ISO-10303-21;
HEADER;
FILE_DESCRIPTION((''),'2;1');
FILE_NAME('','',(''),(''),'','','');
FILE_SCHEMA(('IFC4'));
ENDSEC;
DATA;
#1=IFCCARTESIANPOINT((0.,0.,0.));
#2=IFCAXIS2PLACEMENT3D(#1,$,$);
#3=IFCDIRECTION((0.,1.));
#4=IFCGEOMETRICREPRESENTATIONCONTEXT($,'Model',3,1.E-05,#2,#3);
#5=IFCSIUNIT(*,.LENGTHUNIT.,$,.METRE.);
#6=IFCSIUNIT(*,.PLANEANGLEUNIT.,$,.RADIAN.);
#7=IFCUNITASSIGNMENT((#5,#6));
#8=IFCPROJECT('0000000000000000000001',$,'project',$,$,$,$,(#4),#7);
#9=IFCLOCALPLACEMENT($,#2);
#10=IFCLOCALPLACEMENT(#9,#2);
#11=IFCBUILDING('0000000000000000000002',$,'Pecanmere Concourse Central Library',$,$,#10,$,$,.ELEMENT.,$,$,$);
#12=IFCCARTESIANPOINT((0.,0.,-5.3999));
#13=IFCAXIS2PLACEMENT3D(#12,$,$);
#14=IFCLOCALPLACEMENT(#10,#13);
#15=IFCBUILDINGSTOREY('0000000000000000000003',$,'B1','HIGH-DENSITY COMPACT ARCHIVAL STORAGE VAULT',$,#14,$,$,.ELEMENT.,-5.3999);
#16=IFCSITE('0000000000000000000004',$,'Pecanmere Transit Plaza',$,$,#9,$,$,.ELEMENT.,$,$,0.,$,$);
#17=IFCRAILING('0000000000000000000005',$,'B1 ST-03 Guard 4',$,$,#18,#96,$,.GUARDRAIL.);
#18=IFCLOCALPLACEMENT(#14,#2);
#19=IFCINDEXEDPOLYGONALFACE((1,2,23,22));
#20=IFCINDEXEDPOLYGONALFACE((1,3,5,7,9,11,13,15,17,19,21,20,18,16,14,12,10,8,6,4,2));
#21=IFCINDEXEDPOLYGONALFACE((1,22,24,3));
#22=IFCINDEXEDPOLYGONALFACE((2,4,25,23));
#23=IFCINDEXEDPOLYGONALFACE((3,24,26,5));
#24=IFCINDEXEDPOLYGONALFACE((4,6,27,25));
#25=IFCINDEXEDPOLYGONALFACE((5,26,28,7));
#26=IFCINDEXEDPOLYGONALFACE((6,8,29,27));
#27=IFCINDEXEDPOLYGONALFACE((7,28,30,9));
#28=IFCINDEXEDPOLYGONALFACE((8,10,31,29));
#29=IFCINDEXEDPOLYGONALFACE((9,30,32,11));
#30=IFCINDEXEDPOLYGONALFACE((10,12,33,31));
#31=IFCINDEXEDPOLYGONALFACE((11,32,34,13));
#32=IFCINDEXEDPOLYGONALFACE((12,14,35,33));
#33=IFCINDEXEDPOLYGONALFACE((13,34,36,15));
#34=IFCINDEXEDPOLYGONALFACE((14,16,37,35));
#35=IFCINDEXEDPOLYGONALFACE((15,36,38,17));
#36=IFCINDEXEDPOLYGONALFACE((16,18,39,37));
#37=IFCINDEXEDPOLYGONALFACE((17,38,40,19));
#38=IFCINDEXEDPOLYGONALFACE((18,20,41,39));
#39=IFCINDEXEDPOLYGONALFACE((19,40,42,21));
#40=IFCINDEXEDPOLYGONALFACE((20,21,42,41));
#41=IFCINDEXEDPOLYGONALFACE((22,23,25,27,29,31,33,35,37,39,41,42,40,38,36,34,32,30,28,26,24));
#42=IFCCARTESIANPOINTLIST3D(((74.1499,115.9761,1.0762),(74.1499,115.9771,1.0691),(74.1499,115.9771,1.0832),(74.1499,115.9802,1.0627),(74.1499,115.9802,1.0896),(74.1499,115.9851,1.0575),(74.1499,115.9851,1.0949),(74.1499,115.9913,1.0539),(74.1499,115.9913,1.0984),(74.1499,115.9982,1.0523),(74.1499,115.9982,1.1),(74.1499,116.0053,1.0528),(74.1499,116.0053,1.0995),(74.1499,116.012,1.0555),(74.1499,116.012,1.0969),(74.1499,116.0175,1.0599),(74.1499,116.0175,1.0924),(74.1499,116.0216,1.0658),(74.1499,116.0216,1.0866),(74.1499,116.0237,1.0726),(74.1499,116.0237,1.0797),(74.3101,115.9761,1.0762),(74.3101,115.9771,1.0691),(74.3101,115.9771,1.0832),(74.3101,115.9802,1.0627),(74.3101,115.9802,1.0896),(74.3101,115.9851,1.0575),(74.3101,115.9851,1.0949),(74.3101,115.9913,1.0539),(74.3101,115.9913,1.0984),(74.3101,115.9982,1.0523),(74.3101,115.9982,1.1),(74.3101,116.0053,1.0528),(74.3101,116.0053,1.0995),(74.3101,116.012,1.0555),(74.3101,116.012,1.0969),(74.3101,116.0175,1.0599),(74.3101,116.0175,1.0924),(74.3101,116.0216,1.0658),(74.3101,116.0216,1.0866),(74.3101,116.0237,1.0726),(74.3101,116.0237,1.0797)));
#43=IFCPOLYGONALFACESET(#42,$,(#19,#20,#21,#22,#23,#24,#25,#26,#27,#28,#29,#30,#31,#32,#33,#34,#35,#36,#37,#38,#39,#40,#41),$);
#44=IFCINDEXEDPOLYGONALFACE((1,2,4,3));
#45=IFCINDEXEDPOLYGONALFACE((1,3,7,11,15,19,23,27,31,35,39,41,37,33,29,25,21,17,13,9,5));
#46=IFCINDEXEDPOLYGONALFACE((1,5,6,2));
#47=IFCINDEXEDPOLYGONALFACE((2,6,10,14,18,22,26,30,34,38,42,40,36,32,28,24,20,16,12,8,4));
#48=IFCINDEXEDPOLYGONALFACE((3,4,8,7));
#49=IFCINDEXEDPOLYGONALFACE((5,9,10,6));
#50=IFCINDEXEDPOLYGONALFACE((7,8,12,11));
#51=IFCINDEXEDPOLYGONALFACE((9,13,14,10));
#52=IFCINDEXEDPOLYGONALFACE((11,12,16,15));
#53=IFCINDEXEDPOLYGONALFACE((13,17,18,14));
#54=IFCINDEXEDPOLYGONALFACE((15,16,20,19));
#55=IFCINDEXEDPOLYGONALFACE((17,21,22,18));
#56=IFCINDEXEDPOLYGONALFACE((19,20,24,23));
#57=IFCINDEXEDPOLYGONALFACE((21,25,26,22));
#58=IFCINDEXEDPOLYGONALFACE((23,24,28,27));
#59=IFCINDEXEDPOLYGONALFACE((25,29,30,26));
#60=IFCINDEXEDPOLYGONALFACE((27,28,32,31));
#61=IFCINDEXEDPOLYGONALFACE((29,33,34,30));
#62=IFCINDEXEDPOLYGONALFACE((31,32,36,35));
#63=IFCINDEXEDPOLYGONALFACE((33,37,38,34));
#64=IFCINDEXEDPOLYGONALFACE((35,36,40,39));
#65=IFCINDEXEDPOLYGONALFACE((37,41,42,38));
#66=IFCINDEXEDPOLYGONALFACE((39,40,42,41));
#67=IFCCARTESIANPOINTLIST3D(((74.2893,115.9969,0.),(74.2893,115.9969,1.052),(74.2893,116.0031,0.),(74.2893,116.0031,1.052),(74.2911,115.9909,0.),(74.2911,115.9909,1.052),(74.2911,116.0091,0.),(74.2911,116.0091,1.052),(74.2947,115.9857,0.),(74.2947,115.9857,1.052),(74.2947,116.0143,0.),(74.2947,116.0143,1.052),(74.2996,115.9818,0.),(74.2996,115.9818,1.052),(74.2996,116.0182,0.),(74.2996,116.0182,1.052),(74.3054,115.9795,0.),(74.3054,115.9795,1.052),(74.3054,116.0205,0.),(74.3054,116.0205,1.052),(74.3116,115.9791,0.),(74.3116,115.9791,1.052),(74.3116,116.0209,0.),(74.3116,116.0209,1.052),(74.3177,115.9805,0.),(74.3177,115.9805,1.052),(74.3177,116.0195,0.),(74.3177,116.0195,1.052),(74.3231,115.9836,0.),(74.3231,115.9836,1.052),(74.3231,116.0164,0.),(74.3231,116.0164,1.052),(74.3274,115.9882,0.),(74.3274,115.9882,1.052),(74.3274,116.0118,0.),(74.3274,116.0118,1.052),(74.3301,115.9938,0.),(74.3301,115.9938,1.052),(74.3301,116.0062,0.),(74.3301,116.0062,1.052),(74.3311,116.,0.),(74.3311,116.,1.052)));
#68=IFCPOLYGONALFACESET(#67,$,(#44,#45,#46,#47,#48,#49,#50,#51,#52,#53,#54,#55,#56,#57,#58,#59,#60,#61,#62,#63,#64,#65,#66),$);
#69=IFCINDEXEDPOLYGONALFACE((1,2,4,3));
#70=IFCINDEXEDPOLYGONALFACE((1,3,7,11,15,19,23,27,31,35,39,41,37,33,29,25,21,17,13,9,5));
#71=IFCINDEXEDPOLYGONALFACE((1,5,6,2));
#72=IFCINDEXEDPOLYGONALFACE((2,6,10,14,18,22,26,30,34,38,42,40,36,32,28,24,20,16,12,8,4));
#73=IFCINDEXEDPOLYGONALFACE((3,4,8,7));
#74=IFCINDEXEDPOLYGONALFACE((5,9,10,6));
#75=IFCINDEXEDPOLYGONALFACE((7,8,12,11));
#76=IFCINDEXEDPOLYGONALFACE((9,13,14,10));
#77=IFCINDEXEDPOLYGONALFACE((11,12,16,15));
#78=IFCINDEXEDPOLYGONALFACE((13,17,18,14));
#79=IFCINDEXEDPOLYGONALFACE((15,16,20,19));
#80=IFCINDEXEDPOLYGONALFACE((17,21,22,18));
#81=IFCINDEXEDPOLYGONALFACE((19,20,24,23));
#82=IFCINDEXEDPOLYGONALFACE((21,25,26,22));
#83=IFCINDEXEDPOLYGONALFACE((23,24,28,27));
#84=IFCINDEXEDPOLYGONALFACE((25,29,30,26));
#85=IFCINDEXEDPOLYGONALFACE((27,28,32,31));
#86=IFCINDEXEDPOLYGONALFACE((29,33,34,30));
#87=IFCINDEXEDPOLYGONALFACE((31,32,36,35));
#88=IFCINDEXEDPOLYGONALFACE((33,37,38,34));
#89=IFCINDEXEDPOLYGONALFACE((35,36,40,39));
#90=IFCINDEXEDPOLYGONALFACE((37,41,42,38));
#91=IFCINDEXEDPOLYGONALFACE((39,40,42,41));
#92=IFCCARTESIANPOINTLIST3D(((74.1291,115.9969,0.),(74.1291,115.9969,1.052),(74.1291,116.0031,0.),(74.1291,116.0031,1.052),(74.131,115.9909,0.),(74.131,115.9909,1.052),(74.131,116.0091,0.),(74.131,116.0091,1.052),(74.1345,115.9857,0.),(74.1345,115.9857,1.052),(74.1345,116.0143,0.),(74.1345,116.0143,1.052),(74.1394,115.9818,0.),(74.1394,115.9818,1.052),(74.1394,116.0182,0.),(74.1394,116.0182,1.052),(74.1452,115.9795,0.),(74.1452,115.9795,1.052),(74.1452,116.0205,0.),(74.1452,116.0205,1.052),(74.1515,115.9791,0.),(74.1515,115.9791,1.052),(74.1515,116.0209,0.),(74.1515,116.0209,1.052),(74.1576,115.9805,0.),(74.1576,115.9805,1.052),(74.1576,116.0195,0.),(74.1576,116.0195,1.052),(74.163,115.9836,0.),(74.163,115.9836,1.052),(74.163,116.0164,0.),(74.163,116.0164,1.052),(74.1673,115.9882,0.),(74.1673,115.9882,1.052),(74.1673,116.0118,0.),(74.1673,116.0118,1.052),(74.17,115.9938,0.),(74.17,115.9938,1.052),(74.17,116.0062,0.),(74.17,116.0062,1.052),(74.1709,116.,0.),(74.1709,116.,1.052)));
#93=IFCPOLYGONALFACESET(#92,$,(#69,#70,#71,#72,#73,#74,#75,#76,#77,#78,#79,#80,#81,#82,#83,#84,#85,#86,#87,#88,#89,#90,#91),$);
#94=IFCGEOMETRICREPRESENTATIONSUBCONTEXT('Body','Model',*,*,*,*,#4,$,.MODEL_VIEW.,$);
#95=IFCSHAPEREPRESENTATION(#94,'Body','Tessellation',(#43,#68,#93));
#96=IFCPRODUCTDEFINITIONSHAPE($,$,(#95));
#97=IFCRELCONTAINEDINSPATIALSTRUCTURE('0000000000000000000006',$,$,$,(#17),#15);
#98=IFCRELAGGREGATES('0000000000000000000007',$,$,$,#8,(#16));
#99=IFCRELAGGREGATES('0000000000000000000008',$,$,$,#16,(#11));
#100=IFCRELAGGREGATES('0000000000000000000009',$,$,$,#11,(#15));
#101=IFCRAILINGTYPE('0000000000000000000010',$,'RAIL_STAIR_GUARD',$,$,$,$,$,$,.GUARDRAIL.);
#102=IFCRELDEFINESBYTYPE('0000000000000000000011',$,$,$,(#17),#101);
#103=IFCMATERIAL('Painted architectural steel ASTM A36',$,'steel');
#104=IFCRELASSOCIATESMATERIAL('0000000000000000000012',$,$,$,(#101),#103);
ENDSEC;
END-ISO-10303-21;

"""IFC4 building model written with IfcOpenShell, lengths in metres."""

from ifc_helpers import new_model, si_unit, direction, frame, origin, origin_2d, place, context, subcontext, project, spatial, circle, extrude, material, type_object, element, save


model = new_model("IFC4")

# Units and contexts
model_context = context("Model", 3, precision=1e-05, world=origin(), true_north=direction((0.0, 1.0)))
body_context = subcontext(model_context, "Body", "Model", "MODEL_VIEW")
ifc_project = project(units=[si_unit("LENGTHUNIT", "METRE"), si_unit("PLANEANGLEUNIT", "RADIAN")], contexts=[model_context])

# Site, building, storey
site_placement = place(None, origin())
site = spatial("IfcSite", under=ifc_project, at=site_placement, Name="Pecanmere Transit Plaza", CompositionType="ELEMENT", RefElevation=0.0)
building_placement = place(site_placement, origin())
building = spatial("IfcBuilding", under=site, at=building_placement, Name="Pecanmere Concourse Central Library", CompositionType="ELEMENT")
storey_placement = place(building_placement, frame((0.0, 0.0, -5.3999)))
storey = spatial("IfcBuildingStorey", under=building, at=storey_placement, Name="B1", Description="HIGH-DENSITY COMPACT ARCHIVAL STORAGE VAULT", CompositionType="ELEMENT", Elevation=-5.3999)

# Railing
ifc_material_1 = material(Name="Painted architectural steel ASTM A36", Category="steel")
railing_type_1 = type_object("IfcRailingType", Name="RAIL_STAIR_GUARD", PredefinedType="GUARDRAIL", material=ifc_material_1)
railing_1_placement = place(storey_placement, frame((74.3101, 116.0, 0.0)))
element("IfcRailing", 1, at=railing_1_placement, inside=storey, type_object=railing_type_1, Name="B1 ST-03 Guard 4", PredefinedType="GUARDRAIL", context=body_context, shape_type="SweptSolid", body=[
    extrude(circle(Radius=0.0239, at=origin_2d()), frame((0.0, 0.0, 1.0762), z_axis=(-1.0, 0.0, 0.0), x_axis=(0.0, -1.0, 0.0)), (0.0, 0.0, 1.0), 0.1602),
    extrude(circle(Radius=0.021, at=origin_2d()), origin(), (0.0, 0.0, 1.0), 1.052),
    extrude(circle(Radius=0.021, at=origin_2d()), frame((-0.1602, 0.0, 0.0)), (0.0, 0.0, 1.0), 1.052),
])

save(model, "model.ifc")
